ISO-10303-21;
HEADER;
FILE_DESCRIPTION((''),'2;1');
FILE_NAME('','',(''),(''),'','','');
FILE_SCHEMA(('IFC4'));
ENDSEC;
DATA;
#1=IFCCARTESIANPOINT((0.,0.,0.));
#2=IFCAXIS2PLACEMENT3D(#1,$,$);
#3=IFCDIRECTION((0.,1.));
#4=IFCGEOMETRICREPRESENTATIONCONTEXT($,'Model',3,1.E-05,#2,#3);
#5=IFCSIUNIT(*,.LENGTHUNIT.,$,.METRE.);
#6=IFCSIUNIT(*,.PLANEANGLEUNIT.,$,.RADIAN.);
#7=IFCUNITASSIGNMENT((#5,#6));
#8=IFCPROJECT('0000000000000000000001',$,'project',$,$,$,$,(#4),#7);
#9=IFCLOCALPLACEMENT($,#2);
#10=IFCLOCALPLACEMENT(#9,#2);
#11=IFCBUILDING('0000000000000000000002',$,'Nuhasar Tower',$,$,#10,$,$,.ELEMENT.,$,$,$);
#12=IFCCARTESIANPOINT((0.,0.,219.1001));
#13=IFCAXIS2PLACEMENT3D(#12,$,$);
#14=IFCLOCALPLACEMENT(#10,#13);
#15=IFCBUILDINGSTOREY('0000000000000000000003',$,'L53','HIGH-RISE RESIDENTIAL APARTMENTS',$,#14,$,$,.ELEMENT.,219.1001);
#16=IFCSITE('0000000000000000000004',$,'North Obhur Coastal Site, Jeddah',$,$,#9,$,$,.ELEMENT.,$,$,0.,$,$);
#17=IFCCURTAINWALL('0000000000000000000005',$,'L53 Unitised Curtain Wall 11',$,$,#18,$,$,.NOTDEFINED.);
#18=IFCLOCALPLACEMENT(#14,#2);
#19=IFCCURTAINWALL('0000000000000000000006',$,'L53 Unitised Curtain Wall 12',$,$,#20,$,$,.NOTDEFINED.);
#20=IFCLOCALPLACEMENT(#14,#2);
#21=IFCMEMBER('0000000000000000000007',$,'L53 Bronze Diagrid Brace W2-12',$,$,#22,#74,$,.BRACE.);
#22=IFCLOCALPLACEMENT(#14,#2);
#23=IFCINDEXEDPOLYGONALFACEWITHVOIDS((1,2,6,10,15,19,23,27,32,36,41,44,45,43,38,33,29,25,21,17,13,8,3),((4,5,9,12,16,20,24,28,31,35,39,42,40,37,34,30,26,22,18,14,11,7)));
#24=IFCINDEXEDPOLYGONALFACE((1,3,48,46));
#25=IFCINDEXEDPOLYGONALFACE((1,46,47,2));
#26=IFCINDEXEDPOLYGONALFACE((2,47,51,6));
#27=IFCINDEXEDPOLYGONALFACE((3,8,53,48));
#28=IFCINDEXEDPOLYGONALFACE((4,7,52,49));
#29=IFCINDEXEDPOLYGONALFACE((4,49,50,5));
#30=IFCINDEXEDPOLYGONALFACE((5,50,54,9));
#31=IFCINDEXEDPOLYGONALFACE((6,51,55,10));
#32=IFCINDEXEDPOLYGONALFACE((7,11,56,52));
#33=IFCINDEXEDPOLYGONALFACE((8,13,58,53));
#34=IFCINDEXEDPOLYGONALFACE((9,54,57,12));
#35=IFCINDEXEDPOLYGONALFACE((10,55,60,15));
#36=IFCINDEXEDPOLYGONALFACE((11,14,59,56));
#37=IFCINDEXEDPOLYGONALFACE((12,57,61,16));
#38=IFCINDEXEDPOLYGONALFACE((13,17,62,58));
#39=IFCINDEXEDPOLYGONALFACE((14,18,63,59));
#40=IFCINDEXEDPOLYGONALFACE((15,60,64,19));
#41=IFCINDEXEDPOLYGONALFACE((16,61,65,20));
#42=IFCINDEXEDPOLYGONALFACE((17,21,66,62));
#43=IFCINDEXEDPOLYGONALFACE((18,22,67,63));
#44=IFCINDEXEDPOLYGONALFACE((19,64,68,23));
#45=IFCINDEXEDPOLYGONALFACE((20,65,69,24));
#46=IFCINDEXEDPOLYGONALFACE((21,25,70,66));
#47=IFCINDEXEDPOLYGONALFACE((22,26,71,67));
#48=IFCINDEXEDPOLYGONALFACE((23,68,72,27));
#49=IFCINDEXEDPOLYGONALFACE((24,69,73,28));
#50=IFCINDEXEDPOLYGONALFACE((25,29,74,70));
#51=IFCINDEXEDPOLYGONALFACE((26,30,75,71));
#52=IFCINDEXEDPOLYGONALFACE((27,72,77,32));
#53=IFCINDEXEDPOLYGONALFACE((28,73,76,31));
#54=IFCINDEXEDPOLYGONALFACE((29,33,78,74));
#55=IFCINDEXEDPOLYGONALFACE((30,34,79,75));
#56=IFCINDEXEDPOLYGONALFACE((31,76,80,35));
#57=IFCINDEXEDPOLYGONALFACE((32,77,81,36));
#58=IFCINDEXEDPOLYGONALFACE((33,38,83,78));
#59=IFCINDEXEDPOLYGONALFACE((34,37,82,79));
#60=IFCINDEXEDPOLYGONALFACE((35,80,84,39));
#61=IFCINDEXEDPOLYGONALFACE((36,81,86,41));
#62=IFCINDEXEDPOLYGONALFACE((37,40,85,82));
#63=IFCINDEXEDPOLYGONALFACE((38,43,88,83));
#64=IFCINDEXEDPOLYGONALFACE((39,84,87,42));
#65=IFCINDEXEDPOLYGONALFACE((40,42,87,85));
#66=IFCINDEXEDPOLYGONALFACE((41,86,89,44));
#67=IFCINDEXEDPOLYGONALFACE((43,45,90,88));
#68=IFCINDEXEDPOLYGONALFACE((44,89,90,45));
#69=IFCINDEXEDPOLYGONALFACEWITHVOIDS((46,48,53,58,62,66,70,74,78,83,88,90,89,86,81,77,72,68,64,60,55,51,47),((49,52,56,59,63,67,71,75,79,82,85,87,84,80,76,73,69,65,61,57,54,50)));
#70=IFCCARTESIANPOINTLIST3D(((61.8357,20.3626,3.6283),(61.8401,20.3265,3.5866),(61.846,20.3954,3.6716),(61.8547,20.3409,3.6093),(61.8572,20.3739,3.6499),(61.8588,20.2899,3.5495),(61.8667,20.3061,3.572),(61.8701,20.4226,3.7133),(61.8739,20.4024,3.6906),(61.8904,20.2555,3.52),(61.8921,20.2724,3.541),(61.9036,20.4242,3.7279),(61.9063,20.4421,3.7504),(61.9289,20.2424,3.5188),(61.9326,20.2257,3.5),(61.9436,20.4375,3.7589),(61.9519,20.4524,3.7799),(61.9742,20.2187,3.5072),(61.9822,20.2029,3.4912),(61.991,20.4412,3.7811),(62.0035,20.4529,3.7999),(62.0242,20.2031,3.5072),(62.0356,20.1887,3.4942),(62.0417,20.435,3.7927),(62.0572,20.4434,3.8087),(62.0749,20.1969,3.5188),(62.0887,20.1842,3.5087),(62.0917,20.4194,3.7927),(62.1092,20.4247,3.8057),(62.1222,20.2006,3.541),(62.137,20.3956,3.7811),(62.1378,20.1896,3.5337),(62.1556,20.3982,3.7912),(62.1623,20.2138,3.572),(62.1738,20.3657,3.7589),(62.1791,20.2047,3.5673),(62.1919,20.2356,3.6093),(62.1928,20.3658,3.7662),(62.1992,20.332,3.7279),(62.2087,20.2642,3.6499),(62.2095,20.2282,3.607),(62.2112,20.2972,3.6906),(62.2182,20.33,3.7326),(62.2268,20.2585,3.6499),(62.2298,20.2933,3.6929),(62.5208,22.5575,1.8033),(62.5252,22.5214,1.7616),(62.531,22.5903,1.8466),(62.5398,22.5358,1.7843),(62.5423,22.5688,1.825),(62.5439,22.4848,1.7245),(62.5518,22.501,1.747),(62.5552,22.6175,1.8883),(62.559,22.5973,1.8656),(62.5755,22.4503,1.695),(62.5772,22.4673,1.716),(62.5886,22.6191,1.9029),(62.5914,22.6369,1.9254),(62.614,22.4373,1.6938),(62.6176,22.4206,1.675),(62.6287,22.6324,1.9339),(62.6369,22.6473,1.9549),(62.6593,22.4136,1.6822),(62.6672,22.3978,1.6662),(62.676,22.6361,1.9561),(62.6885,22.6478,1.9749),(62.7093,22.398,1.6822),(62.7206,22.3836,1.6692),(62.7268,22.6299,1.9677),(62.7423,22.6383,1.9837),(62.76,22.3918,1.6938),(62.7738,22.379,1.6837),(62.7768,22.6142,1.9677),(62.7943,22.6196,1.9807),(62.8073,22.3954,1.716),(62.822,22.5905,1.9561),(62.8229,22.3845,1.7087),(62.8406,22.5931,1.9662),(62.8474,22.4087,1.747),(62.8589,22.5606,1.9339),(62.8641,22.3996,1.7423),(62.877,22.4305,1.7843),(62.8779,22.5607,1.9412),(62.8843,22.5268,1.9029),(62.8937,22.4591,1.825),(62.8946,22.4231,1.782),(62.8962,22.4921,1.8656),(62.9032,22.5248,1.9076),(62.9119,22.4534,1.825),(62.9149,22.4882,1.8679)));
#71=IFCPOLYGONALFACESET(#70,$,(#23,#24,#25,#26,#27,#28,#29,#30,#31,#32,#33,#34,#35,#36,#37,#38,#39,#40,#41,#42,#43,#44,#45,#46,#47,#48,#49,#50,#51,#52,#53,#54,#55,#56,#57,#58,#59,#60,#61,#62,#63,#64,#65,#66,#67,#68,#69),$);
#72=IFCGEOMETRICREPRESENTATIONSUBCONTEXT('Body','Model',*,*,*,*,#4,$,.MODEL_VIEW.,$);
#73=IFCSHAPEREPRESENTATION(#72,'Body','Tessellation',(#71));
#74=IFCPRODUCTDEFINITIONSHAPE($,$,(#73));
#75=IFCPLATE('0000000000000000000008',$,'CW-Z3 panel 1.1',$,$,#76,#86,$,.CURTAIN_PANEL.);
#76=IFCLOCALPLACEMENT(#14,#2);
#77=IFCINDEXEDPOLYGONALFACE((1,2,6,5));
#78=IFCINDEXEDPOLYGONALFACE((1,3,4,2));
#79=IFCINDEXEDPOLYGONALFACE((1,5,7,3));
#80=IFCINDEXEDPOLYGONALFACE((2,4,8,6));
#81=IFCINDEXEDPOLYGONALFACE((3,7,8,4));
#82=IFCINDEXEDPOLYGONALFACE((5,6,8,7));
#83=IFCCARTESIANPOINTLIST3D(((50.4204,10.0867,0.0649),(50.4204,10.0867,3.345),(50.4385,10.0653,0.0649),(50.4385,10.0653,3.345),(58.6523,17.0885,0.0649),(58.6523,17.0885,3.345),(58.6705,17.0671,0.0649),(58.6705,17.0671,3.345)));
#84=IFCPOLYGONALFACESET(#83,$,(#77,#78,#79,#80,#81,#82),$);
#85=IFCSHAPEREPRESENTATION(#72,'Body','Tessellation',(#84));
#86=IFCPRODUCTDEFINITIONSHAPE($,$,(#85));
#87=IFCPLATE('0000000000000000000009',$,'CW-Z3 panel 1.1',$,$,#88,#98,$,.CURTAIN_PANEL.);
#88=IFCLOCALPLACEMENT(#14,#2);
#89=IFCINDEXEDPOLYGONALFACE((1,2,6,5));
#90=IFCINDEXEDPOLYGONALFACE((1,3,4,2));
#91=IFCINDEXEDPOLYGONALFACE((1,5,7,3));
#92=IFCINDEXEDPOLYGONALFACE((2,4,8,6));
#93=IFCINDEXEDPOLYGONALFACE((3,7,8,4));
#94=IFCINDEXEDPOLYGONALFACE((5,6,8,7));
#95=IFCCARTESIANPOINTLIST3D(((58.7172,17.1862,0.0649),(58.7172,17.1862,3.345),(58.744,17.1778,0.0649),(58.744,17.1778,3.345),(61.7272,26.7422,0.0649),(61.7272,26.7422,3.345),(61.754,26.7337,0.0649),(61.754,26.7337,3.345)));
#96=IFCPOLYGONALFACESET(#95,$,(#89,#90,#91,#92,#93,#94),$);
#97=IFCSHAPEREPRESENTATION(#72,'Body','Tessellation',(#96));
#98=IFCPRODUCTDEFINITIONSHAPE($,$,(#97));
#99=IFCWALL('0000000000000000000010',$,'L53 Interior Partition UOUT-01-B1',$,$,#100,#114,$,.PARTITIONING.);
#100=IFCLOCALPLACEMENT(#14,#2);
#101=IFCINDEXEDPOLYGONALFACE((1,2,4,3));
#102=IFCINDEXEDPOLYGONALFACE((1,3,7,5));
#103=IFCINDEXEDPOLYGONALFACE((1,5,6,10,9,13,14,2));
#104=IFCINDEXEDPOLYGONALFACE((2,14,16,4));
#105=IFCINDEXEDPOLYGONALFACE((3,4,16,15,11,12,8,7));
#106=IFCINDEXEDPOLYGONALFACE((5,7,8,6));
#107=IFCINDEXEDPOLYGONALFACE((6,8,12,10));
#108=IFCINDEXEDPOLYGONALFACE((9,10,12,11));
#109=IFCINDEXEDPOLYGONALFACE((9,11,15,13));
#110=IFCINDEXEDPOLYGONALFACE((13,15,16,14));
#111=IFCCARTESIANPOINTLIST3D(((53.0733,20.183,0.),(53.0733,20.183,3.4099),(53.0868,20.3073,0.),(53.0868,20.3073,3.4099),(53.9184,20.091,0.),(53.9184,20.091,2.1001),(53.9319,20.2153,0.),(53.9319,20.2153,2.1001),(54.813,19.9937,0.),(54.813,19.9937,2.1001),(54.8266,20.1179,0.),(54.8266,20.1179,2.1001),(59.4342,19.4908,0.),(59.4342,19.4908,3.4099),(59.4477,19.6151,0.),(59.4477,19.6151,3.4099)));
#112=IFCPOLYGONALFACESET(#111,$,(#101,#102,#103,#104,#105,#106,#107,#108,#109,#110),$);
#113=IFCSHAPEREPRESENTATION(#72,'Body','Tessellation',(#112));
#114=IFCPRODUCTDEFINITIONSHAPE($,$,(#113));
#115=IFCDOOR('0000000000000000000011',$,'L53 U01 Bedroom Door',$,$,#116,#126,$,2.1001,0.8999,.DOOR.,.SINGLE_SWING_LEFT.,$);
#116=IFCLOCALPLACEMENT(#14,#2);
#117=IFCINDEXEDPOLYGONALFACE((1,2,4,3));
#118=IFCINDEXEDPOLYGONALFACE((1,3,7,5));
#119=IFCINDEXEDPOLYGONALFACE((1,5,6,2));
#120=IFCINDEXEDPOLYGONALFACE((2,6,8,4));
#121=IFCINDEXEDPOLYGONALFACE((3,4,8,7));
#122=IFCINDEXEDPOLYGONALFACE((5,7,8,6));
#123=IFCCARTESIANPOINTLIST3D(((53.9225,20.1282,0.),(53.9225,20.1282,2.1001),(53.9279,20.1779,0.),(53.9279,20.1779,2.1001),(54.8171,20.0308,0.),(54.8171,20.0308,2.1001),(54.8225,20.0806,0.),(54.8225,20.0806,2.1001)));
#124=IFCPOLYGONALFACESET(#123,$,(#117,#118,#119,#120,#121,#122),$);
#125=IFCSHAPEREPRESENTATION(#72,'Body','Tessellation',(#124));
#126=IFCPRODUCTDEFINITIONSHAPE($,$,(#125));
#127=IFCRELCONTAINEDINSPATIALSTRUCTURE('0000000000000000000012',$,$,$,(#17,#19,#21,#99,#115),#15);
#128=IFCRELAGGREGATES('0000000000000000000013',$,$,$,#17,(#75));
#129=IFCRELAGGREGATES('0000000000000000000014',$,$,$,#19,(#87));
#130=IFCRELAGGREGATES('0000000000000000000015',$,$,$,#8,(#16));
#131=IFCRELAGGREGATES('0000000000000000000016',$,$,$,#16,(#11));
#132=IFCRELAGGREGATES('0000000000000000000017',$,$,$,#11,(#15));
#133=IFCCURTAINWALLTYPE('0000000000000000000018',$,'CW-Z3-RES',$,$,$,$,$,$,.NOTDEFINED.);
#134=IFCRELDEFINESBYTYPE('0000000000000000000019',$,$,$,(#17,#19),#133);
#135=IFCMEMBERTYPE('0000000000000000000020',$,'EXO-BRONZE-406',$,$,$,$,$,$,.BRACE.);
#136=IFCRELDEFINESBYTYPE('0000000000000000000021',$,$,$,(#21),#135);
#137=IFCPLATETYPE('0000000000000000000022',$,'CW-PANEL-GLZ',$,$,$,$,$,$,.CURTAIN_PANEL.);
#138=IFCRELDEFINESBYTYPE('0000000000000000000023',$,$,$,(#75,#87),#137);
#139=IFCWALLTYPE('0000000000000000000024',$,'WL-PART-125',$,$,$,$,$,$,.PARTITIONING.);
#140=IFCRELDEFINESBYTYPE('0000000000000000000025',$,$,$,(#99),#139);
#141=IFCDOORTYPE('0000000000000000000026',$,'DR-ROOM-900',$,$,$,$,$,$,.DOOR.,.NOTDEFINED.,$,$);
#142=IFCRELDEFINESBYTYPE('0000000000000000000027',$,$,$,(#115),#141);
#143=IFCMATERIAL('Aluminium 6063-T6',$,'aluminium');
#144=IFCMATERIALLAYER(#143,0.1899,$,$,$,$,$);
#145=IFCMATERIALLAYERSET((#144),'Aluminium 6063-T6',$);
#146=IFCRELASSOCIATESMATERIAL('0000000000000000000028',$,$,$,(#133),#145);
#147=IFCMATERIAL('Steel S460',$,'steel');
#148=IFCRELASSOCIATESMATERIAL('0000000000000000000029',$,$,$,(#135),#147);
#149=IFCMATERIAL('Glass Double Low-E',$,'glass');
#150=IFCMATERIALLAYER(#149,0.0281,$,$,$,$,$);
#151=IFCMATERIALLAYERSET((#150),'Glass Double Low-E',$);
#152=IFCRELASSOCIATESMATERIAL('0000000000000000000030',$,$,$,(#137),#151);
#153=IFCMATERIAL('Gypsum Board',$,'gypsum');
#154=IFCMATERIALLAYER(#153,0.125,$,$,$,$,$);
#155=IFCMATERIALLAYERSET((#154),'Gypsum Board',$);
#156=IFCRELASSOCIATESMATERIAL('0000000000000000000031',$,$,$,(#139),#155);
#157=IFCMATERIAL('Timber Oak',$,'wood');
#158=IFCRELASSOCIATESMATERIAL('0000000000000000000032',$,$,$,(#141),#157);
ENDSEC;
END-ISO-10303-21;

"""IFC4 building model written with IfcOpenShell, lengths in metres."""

from ifc_helpers import new_model, si_unit, direction, frame, frame_2d, origin, origin_2d, place, context, subcontext, project, spatial, rectangle, hollow_circle, extrude, material, layer, layer_set, material_profile, profile_set, type_object, element, fill, aggregate, save


model = new_model("IFC4")

# Units and contexts
model_context = context("Model", 3, precision=1e-05, world=origin(), true_north=direction((0.0, 1.0)))
body_context = subcontext(model_context, "Body", "Model", "MODEL_VIEW")
ifc_project = project(units=[si_unit("LENGTHUNIT", "METRE"), si_unit("PLANEANGLEUNIT", "RADIAN")], contexts=[model_context])

# Site, building, storey
site_placement = place(None, origin())
site = spatial("IfcSite", under=ifc_project, at=site_placement, Name="North Obhur Coastal Site, Jeddah", CompositionType="ELEMENT", RefElevation=0.0)
building_placement = place(site_placement, origin())
building = spatial("IfcBuilding", under=site, at=building_placement, Name="Nuhasar Tower", CompositionType="ELEMENT")
storey_placement = place(building_placement, frame((0.0, 0.0, 219.1001)))
storey = spatial("IfcBuildingStorey", under=building, at=storey_placement, Name="L53", Description="HIGH-RISE RESIDENTIAL APARTMENTS", CompositionType="ELEMENT", Elevation=219.1001)

# Curtain wall
ifc_material_1 = material(Name="Aluminium 6063-T6", Category="aluminium")
ifc_layer_1 = layer(ifc_material_1, 0.1899)
ifc_layer_set_1 = layer_set([ifc_layer_1], Name="Aluminium 6063-T6")
curtain_wall_type = type_object("IfcCurtainWallType", Name="CW-Z3-RES", PredefinedType="NOTDEFINED", material=ifc_layer_set_1)
curtain_wall_1_placement = place(storey_placement, origin())
curtain_wall_1 = element("IfcCurtainWall", 1, at=curtain_wall_1_placement, inside=storey, type_object=curtain_wall_type, Name="L53 Unitised Curtain Wall 11", PredefinedType="NOTDEFINED")

# Curtain wall
curtain_wall_2_placement = place(storey_placement, origin())
curtain_wall_2 = element("IfcCurtainWall", 2, at=curtain_wall_2_placement, inside=storey, type_object=curtain_wall_type, Name="L53 Unitised Curtain Wall 12", PredefinedType="NOTDEFINED")

# Member
ifc_material_2 = material(Name="Steel S460", Category="steel")
ifc_material_profile_1 = material_profile(ifc_material_2, hollow_circle(Radius=0.2031, WallThickness=0.019, at=origin_2d()), Name="HSS406.4X19.1")
ifc_profile_set_1 = profile_set([ifc_material_profile_1], Name="Steel S460")
member_type_1 = type_object("IfcMemberType", Name="EXO-BRONZE-406", PredefinedType="BRACE", material=ifc_profile_set_1)
for number, where, z_axis, x_axis, name in (
    (3, (62.718, 22.5139, 1.825), (-0.233372, -0.74769, 0.621689), (0.954582, -0.297948, 0.0), "L53 Bronze Diagrid Brace W2-12"),
):
    element("IfcMember", number, at=place(storey_placement, frame(where, z_axis=z_axis, x_axis=x_axis)), inside=storey, type_object=member_type_1, Name=name, PredefinedType="BRACE", context=body_context, shape_type="SweptSolid", body=[
        extrude(hollow_circle(Radius=0.2031, WallThickness=0.019, at=origin_2d()), origin(), (0.0, 0.0, 1.0), 2.9355),
    ])

# Plates
ifc_material_3 = material(Name="Glass Double Low-E", Category="glass")
ifc_layer_2 = layer(ifc_material_3, 0.0281)
ifc_layer_set_2 = layer_set([ifc_layer_2], Name="Glass Double Low-E")
plate_type = type_object("IfcPlateType", Name="CW-PANEL-GLZ", PredefinedType="CURTAIN_PANEL", material=ifc_layer_set_2)
plate_1_placement = place(storey_placement, frame((54.5454, 13.5769, 0.0649), z_axis=(0.0, 0.0, 1.0), x_axis=(0.761729, 0.647895, 0.0)))
plate_1 = element("IfcPlate", 4, at=plate_1_placement, type_object=plate_type, Name="CW-Z3 panel 1.1", PredefinedType="CURTAIN_PANEL", context=body_context, shape_type="SweptSolid", body=[
    extrude(rectangle(XDim=10.8069, YDim=0.0281, at=origin_2d()), origin(), (0.0, 0.0, 1.0), 3.28),
])
aggregate(curtain_wall_1, [plate_1])
plate_2_placement = place(storey_placement, frame((60.2356, 21.96, 0.0649), z_axis=(0.0, 0.0, 1.0), x_axis=(0.300429, 0.953804, 0.0)))
plate_2 = element("IfcPlate", 5, at=plate_2_placement, type_object=plate_type, Name="CW-Z3 panel 1.1", PredefinedType="CURTAIN_PANEL", context=body_context, shape_type="SweptSolid", body=[
    extrude(rectangle(XDim=10.0188, YDim=0.0281, at=origin_2d()), origin(), (0.0, 0.0, 1.0), 3.28),
])
aggregate(curtain_wall_2, [plate_2])

# Wall, opening, door
ifc_material_4 = material(Name="Gypsum Board", Category="gypsum")
ifc_layer_3 = layer(ifc_material_4, 0.125)
ifc_layer_set_3 = layer_set([ifc_layer_3], Name="Gypsum Board")
wall_type = type_object("IfcWallType", Name="WL-PART-125", PredefinedType="PARTITIONING", material=ifc_layer_set_3)
wall_placement = place(storey_placement, frame((53.0801, 20.2451, 0.0), z_axis=(0.0, 0.0, 1.0), x_axis=(0.994132, -0.108174, 0.0)))
wall = element("IfcWall", 6, at=wall_placement, inside=storey, type_object=wall_type, Name="L53 Interior Partition UOUT-01-B1", PredefinedType="PARTITIONING", context=body_context, shape_type="SweptSolid", body=[
    extrude(rectangle(XDim=6.3984, YDim=0.125, at=frame_2d((3.1992, 0.0))), origin(), (0.0, 0.0, 1.0), 3.4099),
])
opening_placement = place(wall_placement, frame((0.8501, 0.0, 0.0)))
opening = element("IfcOpeningElement", 7, at=opening_placement, cuts=wall, PredefinedType="OPENING", context=body_context, shape_type="SweptSolid", body=[
    extrude(rectangle(XDim=0.8999, YDim=2.1001, at=frame_2d((0.45, 1.05))), frame((0.0, 0.0725, 0.0), z_axis=(0.0, -1.0, 0.0), x_axis=(1.0, 0.0, 0.0)), (0.0, 0.0, 1.0), 0.145),
])
ifc_material_5 = material(Name="Timber Oak", Category="wood")
door_type = type_object("IfcDoorType", Name="DR-ROOM-900", OperationType="NOTDEFINED", PredefinedType="DOOR", material=ifc_material_5)
door_placement = place(opening_placement, origin())
door = element("IfcDoor", 8, at=door_placement, inside=storey, type_object=door_type, Name="L53 U01 Bedroom Door", OperationType="SINGLE_SWING_LEFT", OverallHeight=2.1001, OverallWidth=0.8999, PredefinedType="DOOR", context=body_context, shape_type="SweptSolid", body=[
    extrude(rectangle(XDim=0.8999, YDim=2.1001, at=frame_2d((0.45, 1.05))), frame((0.0, 0.0249, 0.0), z_axis=(0.0, -1.0, 0.0), x_axis=(1.0, 0.0, 0.0)), (0.0, 0.0, 1.0), 0.05),
])
fill(opening, door)

save(model, "model.ifc")
